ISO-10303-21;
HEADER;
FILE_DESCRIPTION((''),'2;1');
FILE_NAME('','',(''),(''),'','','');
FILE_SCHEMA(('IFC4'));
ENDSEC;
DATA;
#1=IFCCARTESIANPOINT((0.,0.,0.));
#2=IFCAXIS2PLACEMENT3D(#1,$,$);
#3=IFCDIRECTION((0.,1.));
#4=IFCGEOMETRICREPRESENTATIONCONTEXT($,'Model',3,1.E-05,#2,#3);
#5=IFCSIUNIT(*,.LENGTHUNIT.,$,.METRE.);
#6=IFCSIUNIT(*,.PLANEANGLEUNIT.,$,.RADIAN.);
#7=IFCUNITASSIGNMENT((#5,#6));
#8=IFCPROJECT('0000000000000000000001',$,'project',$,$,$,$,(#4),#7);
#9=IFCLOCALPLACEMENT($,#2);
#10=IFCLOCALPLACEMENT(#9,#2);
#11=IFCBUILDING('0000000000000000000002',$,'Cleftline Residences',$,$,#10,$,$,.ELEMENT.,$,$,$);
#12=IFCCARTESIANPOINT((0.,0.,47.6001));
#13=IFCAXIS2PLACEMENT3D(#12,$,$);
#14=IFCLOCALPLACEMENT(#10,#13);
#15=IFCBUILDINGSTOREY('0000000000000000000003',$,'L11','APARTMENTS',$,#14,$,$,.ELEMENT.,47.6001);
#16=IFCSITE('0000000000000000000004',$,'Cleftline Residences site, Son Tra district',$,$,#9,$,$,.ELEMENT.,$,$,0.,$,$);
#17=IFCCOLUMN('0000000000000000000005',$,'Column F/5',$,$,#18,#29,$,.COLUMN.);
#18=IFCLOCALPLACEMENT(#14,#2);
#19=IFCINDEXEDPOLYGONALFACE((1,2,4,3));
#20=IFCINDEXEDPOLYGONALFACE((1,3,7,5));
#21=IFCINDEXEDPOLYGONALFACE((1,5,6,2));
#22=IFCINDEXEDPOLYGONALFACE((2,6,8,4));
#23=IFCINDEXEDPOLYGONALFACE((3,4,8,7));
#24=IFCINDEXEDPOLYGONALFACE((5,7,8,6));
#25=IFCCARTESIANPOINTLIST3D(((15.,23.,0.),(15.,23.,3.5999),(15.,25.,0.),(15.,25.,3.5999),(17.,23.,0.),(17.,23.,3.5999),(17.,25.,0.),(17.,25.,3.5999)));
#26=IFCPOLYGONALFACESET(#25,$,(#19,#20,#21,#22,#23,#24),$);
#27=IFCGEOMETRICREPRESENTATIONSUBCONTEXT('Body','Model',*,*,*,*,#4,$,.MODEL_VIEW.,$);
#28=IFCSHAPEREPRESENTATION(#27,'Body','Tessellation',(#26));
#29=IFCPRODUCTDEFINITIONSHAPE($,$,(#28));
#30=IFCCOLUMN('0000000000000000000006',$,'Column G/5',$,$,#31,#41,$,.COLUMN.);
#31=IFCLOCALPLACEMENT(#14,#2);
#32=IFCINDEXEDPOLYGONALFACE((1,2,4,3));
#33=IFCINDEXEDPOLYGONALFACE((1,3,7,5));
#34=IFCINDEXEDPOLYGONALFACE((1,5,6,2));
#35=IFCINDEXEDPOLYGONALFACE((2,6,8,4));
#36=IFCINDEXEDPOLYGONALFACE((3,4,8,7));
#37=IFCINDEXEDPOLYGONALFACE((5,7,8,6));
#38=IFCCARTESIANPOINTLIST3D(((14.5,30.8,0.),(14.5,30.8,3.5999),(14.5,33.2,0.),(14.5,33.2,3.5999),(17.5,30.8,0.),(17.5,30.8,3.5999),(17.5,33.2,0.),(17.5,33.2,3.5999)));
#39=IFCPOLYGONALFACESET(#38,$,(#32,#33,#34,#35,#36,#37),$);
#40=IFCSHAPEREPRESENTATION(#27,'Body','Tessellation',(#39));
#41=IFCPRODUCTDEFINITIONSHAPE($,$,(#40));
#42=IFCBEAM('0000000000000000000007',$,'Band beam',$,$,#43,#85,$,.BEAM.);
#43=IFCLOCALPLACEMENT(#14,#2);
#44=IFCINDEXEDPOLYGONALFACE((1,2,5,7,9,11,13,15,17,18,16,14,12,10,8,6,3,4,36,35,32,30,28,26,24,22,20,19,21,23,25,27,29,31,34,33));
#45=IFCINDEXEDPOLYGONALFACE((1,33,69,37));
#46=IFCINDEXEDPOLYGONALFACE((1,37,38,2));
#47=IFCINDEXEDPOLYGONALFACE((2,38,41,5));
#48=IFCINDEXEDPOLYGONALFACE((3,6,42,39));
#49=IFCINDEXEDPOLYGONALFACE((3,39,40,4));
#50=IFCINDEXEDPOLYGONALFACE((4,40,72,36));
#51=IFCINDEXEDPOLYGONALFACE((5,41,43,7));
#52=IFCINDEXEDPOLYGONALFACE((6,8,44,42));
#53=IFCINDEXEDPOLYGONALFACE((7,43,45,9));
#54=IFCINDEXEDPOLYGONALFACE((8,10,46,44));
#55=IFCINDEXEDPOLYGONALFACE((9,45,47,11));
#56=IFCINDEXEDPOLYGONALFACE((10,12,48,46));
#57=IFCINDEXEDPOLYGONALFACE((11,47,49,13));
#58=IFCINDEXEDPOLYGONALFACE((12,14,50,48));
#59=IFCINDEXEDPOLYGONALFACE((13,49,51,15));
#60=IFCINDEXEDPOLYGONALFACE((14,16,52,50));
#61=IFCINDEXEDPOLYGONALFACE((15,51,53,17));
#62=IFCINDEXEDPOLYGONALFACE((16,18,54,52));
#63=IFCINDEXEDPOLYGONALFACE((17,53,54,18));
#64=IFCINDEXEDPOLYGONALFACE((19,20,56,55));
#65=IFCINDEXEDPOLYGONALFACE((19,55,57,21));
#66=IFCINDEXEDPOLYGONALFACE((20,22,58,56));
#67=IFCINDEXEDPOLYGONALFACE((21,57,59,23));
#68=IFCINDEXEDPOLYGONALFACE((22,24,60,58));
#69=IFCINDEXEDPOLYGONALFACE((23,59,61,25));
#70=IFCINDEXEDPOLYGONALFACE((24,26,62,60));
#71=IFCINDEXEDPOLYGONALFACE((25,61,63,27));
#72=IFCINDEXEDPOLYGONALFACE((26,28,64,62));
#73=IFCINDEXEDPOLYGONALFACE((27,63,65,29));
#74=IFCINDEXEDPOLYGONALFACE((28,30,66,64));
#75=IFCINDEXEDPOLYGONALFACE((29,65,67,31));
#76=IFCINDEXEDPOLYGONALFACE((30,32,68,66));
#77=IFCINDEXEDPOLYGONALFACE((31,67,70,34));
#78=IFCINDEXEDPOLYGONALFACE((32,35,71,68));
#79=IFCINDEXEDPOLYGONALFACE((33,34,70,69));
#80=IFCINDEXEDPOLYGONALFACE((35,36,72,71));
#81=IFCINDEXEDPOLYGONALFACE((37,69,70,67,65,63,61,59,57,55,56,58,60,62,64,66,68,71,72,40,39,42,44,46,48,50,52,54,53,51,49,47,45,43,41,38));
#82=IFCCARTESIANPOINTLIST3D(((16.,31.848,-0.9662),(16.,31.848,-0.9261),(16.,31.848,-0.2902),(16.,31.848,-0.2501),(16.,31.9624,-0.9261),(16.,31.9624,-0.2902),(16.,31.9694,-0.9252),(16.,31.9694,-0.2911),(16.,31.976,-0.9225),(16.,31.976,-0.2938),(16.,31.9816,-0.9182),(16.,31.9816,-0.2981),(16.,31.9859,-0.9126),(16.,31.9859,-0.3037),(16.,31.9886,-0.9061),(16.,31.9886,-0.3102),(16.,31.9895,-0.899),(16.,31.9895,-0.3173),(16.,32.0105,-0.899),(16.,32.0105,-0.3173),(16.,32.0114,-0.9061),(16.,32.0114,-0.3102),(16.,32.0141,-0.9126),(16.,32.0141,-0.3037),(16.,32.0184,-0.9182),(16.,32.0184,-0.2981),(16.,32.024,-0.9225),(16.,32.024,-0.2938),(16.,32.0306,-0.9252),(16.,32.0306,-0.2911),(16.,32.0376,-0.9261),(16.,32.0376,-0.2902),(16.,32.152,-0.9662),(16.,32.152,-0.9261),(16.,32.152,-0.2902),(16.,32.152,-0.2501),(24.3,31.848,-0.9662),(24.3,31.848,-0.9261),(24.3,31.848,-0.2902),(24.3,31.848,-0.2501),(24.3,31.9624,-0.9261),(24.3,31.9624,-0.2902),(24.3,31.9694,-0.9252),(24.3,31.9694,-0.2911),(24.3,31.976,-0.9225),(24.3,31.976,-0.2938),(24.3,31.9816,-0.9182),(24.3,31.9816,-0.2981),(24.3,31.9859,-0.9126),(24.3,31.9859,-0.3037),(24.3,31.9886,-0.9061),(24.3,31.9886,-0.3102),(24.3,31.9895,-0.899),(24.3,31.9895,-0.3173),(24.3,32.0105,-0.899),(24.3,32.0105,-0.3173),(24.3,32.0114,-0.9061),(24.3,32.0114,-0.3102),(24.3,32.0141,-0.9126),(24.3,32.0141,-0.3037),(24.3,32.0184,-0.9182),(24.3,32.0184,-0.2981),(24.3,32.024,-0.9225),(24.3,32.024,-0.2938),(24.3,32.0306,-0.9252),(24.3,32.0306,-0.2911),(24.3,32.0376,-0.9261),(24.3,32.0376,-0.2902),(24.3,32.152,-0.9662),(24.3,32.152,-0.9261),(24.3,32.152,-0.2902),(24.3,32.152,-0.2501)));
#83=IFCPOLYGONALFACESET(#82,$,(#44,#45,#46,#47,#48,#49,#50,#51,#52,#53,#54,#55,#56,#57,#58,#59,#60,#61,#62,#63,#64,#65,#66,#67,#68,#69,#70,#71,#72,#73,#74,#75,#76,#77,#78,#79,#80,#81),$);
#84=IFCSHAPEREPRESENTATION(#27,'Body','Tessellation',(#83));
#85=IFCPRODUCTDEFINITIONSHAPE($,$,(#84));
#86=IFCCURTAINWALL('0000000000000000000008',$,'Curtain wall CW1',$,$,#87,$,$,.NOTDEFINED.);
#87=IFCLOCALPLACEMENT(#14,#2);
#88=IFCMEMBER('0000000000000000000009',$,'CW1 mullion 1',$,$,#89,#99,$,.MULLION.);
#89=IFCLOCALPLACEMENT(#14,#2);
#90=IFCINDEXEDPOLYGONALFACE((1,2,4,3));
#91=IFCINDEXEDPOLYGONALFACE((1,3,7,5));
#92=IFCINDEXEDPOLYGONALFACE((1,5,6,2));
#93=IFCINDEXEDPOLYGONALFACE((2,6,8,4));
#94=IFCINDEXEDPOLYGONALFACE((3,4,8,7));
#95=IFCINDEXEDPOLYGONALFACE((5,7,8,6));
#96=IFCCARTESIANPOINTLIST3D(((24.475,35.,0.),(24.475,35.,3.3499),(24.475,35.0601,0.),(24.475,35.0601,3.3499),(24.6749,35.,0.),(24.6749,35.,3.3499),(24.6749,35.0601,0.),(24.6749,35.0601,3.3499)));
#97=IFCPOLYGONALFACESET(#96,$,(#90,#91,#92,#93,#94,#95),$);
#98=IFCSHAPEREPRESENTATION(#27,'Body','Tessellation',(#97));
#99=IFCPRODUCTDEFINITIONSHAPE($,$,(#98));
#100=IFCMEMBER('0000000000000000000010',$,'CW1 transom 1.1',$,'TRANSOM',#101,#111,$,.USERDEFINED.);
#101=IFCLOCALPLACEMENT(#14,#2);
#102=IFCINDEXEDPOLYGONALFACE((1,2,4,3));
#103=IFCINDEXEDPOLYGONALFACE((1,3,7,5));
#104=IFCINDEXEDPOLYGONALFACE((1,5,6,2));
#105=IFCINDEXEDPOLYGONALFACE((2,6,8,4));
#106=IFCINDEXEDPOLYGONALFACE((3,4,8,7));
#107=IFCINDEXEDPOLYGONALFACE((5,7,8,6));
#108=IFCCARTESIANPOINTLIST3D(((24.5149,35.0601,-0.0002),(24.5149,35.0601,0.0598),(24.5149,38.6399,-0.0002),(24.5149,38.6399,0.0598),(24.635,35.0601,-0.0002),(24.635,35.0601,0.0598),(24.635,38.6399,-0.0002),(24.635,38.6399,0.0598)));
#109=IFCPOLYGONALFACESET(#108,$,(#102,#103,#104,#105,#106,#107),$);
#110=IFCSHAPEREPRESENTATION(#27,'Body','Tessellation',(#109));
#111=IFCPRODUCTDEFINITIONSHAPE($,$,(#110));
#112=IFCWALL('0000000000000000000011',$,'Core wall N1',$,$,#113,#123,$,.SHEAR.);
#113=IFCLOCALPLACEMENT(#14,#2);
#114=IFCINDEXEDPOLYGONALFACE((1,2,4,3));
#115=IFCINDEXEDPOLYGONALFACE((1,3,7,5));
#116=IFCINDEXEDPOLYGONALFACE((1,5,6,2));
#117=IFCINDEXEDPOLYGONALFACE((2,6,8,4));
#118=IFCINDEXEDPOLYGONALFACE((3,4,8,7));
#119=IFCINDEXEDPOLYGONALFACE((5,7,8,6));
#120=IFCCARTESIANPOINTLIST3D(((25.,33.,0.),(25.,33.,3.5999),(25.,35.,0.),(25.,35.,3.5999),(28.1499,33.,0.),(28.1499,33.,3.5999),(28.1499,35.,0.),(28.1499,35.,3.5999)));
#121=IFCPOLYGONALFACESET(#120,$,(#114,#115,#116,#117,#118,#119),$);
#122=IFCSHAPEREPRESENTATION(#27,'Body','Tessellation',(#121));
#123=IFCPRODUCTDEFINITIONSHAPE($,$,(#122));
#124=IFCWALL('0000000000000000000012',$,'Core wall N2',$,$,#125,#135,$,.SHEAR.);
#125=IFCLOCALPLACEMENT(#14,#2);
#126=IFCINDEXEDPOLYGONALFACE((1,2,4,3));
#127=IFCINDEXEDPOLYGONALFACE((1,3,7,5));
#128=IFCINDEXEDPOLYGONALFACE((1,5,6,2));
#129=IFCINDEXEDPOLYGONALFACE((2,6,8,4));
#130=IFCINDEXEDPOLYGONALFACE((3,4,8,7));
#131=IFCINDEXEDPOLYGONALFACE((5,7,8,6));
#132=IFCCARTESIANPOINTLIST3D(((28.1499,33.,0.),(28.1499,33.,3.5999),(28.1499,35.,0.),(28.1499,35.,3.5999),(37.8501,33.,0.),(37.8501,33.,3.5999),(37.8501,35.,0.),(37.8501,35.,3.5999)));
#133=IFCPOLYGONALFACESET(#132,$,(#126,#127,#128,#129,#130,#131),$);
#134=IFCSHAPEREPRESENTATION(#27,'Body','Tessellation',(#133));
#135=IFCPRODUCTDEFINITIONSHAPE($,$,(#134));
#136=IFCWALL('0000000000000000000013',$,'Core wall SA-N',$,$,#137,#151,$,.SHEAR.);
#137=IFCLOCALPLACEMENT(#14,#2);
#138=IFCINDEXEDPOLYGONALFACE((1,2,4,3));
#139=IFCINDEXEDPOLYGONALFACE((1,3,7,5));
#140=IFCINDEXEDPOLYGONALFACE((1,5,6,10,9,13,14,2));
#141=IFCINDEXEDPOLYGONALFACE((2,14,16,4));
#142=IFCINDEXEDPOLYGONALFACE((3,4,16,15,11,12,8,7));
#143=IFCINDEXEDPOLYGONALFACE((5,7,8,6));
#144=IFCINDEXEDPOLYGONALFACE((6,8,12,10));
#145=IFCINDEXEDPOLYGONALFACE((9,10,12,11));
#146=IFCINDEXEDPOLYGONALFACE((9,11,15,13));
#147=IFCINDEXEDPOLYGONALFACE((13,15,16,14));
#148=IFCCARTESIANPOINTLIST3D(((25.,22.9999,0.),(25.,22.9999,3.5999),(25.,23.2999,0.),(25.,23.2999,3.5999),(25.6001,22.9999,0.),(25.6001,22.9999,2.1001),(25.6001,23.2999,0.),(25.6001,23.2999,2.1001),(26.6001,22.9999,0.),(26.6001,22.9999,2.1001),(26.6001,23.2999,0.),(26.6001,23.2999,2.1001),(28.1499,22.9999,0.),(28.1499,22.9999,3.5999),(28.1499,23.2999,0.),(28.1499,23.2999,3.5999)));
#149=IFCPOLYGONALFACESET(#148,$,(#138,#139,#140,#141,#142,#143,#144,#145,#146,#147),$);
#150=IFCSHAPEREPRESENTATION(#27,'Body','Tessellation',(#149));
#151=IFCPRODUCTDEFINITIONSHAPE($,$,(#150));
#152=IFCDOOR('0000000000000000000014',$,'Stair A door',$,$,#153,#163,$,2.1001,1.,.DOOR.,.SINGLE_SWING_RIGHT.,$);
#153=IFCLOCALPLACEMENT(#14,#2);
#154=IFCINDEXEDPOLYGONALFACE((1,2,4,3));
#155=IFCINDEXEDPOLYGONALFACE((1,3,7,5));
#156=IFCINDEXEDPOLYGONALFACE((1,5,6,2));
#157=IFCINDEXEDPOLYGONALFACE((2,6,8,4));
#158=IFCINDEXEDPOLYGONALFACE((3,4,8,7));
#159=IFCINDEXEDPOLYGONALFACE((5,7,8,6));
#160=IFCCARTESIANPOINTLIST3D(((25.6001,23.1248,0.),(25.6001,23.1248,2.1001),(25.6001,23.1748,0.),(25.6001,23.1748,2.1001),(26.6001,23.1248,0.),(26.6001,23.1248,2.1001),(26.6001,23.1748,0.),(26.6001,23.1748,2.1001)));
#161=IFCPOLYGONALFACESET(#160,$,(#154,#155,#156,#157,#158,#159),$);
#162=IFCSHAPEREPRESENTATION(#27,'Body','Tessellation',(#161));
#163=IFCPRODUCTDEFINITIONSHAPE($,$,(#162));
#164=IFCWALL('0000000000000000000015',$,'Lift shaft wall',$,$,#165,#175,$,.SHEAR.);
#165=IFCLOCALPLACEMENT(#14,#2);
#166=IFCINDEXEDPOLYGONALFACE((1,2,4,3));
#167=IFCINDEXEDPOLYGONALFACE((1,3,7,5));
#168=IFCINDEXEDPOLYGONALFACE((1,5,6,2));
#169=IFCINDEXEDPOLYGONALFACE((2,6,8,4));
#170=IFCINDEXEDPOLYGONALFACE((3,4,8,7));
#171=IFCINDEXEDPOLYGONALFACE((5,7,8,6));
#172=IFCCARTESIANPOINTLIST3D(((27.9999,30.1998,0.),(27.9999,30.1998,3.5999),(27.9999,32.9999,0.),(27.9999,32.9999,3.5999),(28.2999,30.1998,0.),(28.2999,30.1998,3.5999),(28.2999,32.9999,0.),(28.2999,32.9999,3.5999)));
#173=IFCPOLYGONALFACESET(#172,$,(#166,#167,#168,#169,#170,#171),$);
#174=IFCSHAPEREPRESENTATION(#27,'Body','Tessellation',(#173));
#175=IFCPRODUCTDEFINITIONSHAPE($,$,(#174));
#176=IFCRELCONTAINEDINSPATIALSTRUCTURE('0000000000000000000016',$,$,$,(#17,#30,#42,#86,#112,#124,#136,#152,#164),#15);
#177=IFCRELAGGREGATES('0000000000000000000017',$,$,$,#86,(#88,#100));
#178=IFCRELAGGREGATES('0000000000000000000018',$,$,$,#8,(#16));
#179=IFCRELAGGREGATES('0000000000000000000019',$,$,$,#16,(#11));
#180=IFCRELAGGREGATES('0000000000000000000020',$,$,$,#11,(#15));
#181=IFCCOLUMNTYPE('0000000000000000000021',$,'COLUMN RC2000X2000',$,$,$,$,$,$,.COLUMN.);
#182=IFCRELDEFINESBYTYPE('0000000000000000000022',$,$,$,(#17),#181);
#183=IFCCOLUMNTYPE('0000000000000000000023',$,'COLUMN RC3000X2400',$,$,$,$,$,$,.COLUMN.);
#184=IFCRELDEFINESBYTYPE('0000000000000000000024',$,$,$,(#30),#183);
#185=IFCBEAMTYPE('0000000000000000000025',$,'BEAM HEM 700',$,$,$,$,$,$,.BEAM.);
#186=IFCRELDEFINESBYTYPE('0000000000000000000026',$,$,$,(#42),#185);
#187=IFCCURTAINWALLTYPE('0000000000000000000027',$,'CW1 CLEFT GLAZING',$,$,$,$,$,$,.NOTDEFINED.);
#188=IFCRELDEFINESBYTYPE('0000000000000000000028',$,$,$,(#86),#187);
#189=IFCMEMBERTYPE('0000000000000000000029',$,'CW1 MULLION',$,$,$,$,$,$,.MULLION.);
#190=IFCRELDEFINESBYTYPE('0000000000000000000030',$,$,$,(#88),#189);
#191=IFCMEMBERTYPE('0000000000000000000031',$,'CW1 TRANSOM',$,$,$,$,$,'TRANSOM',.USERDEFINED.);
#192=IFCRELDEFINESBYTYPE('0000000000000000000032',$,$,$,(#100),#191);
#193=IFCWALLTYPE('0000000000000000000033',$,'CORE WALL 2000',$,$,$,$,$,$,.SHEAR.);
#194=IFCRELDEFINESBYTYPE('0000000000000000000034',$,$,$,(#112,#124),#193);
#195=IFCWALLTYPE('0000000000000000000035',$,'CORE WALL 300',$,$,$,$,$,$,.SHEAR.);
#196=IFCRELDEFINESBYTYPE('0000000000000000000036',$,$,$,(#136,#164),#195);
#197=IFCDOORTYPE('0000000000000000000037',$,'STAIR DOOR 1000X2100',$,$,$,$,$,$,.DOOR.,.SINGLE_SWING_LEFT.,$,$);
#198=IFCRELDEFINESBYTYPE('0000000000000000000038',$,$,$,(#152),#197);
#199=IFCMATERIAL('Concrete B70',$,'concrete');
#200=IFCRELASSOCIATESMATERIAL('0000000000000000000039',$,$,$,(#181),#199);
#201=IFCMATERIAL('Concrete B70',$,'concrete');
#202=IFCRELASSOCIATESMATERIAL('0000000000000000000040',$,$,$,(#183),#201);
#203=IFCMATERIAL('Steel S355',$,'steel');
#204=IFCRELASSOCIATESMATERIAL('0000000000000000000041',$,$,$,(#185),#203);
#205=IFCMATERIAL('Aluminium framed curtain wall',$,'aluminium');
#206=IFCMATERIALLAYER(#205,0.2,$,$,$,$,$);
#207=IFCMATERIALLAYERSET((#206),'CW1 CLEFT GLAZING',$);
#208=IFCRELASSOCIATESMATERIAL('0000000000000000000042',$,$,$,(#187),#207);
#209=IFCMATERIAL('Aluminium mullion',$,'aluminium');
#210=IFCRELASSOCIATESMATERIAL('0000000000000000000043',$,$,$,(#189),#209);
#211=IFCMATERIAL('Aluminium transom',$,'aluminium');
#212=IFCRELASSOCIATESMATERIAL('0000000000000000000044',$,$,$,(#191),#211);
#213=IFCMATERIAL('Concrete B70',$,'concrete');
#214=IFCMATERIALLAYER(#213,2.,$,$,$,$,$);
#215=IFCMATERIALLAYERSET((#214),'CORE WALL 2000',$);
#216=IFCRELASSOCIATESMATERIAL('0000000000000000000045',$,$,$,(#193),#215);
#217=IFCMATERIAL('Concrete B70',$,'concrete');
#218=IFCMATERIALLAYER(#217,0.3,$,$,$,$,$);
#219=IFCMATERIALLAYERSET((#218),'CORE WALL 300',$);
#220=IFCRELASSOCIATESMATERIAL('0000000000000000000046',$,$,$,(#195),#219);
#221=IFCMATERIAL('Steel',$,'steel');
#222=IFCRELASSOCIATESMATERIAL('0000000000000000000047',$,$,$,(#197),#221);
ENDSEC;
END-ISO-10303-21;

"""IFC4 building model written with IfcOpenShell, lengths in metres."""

from ifc_helpers import new_model, si_unit, direction, frame, frame_2d, origin, origin_2d, place, context, subcontext, project, spatial, rectangle, i_section, extrude, material, layer, layer_set, material_profile, profile_set, type_object, element, fill, aggregate, save


model = new_model("IFC4")

# Units and contexts
model_context = context("Model", 3, precision=1e-05, world=origin(), true_north=direction((0.0, 1.0)))
body_context = subcontext(model_context, "Body", "Model", "MODEL_VIEW")
ifc_project = project(units=[si_unit("LENGTHUNIT", "METRE"), si_unit("PLANEANGLEUNIT", "RADIAN")], contexts=[model_context])

# Site, building, storey
site_placement = place(None, origin())
site = spatial("IfcSite", under=ifc_project, at=site_placement, Name="Cleftline Residences site, Son Tra district", CompositionType="ELEMENT", RefElevation=0.0)
building_placement = place(site_placement, origin())
building = spatial("IfcBuilding", under=site, at=building_placement, Name="Cleftline Residences", CompositionType="ELEMENT")
storey_placement = place(building_placement, frame((0.0, 0.0, 47.6001)))
storey = spatial("IfcBuildingStorey", under=building, at=storey_placement, Name="L11", Description="APARTMENTS", CompositionType="ELEMENT", Elevation=47.6001)

# Columns
ifc_material_1 = material(Name="Concrete B70", Category="concrete")
ifc_material_profile_1 = material_profile(ifc_material_1, rectangle(XDim=2.0, YDim=2.0, at=origin_2d()))
ifc_profile_set_1 = profile_set([ifc_material_profile_1], Name="Concrete B70")
column_type_1 = type_object("IfcColumnType", Name="COLUMN RC2000X2000", PredefinedType="COLUMN", material=ifc_profile_set_1)
column_1_placement = place(storey_placement, frame((16.0, 24.0, 0.0), z_axis=(0.0, 0.0, 1.0), x_axis=(1.0, 0.0, 0.0)))
element("IfcColumn", 1, at=column_1_placement, inside=storey, type_object=column_type_1, Name="Column F/5", PredefinedType="COLUMN", context=body_context, shape_type="SweptSolid", body=[
    extrude(rectangle(XDim=2.0, YDim=2.0, at=origin_2d()), origin(), (0.0, 0.0, 1.0), 3.5999),
])
ifc_material_2 = material(Name="Concrete B70", Category="concrete")
ifc_material_profile_2 = material_profile(ifc_material_2, rectangle(XDim=3.0, YDim=2.3999, at=origin_2d()))
ifc_profile_set_2 = profile_set([ifc_material_profile_2], Name="Concrete B70")
column_type_2 = type_object("IfcColumnType", Name="COLUMN RC3000X2400", PredefinedType="COLUMN", material=ifc_profile_set_2)
column_2_placement = place(storey_placement, frame((16.0, 32.0, 0.0), z_axis=(0.0, 0.0, 1.0), x_axis=(1.0, 0.0, 0.0)))
element("IfcColumn", 2, at=column_2_placement, inside=storey, type_object=column_type_2, Name="Column G/5", PredefinedType="COLUMN", context=body_context, shape_type="SweptSolid", body=[
    extrude(rectangle(XDim=3.0, YDim=2.3999, at=origin_2d()), origin(), (0.0, 0.0, 1.0), 3.5999),
])

# Beam
ifc_material_3 = material(Name="Steel S355", Category="steel")
ifc_material_profile_3 = material_profile(ifc_material_3, i_section(OverallWidth=0.304, OverallDepth=0.7161, WebThickness=0.021, FlangeThickness=0.04, FilletRadius=0.0271, at=origin_2d()))
ifc_profile_set_3 = profile_set([ifc_material_profile_3], Name="Steel S355")
beam_type = type_object("IfcBeamType", Name="BEAM HEM 700", PredefinedType="BEAM", material=ifc_profile_set_3)
beam_placement = place(storey_placement, frame((16.0, 32.0, -0.6082), z_axis=(1.0, 0.0, 0.0), x_axis=(0.0, 1.0, 0.0)))
element("IfcBeam", 3, at=beam_placement, inside=storey, type_object=beam_type, Name="Band beam", PredefinedType="BEAM", context=body_context, shape_type="SweptSolid", body=[
    extrude(i_section(OverallWidth=0.304, OverallDepth=0.7161, WebThickness=0.021, FlangeThickness=0.04, FilletRadius=0.0271, at=origin_2d()), origin(), (0.0, 0.0, 1.0), 8.3),
])

# Curtain wall, members
ifc_material_4 = material(Name="Aluminium framed curtain wall", Category="aluminium")
ifc_layer_1 = layer(ifc_material_4, 0.2)
ifc_layer_set_1 = layer_set([ifc_layer_1], Name="CW1 CLEFT GLAZING")
curtain_wall_type = type_object("IfcCurtainWallType", Name="CW1 CLEFT GLAZING", PredefinedType="NOTDEFINED", material=ifc_layer_set_1)
curtain_wall_placement = place(storey_placement, origin())
curtain_wall = element("IfcCurtainWall", 4, at=curtain_wall_placement, inside=storey, type_object=curtain_wall_type, Name="Curtain wall CW1", PredefinedType="NOTDEFINED")
ifc_material_5 = material(Name="Aluminium mullion", Category="aluminium")
ifc_material_profile_4 = material_profile(ifc_material_5, rectangle(XDim=0.2, YDim=0.0601, at=origin_2d()))
ifc_profile_set_4 = profile_set([ifc_material_profile_4], Name="Aluminium mullion")
member_type_1 = type_object("IfcMemberType", Name="CW1 MULLION", PredefinedType="MULLION", material=ifc_profile_set_4)
member_1_placement = place(storey_placement, frame((24.575, 35.03, 0.0), z_axis=(0.0, 0.0, 1.0), x_axis=(-1.0, 0.0, 0.0)))
member_1 = element("IfcMember", 5, at=member_1_placement, type_object=member_type_1, Name="CW1 mullion 1", PredefinedType="MULLION", context=body_context, shape_type="SweptSolid", body=[
    extrude(rectangle(XDim=0.2, YDim=0.0601, at=origin_2d()), origin(), (0.0, 0.0, 1.0), 3.3499),
])
ifc_material_6 = material(Name="Aluminium transom", Category="aluminium")
ifc_material_profile_5 = material_profile(ifc_material_6, rectangle(XDim=0.1201, YDim=0.0601, at=origin_2d()))
ifc_profile_set_5 = profile_set([ifc_material_profile_5], Name="Aluminium transom")
member_type_2 = type_object("IfcMemberType", Name="CW1 TRANSOM", ElementType="TRANSOM", PredefinedType="USERDEFINED", material=ifc_profile_set_5)
member_2_placement = place(storey_placement, frame((24.575, 35.0601, 0.0298), z_axis=(0.0, 1.0, 0.0), x_axis=(-1.0, 0.0, 0.0)))
member_2 = element("IfcMember", 6, at=member_2_placement, type_object=member_type_2, Name="CW1 transom 1.1", ObjectType="TRANSOM", PredefinedType="USERDEFINED", context=body_context, shape_type="SweptSolid", body=[
    extrude(rectangle(XDim=0.1201, YDim=0.0601, at=origin_2d()), origin(), (0.0, 0.0, 1.0), 3.5798),
])
aggregate(curtain_wall, [member_1, member_2])

# Walls
ifc_material_7 = material(Name="Concrete B70", Category="concrete")
ifc_layer_2 = layer(ifc_material_7, 2.0)
ifc_layer_set_2 = layer_set([ifc_layer_2], Name="CORE WALL 2000")
wall_type_1 = type_object("IfcWallType", Name="CORE WALL 2000", PredefinedType="SHEAR", material=ifc_layer_set_2)
wall_1_placement = place(storey_placement, frame((25.0, 34.0, 0.0), z_axis=(0.0, 0.0, 1.0), x_axis=(1.0, 0.0, 0.0)))
element("IfcWall", 7, at=wall_1_placement, inside=storey, type_object=wall_type_1, Name="Core wall N1", PredefinedType="SHEAR", context=body_context, shape_type="SweptSolid", body=[
    extrude(rectangle(XDim=3.1499, YDim=2.0, at=frame_2d((1.575, 0.0))), origin(), (0.0, 0.0, 1.0), 3.5999),
])
wall_2_placement = place(storey_placement, frame((28.1499, 34.0, 0.0), z_axis=(0.0, 0.0, 1.0), x_axis=(1.0, 0.0, 0.0)))
element("IfcWall", 8, at=wall_2_placement, inside=storey, type_object=wall_type_1, Name="Core wall N2", PredefinedType="SHEAR", context=body_context, shape_type="SweptSolid", body=[
    extrude(rectangle(XDim=9.7002, YDim=2.0, at=frame_2d((4.8501, 0.0))), origin(), (0.0, 0.0, 1.0), 3.5999),
])

# Wall, opening, door
ifc_material_8 = material(Name="Concrete B70", Category="concrete")
ifc_layer_3 = layer(ifc_material_8, 0.3)
ifc_layer_set_3 = layer_set([ifc_layer_3], Name="CORE WALL 300")
wall_type_2 = type_object("IfcWallType", Name="CORE WALL 300", PredefinedType="SHEAR", material=ifc_layer_set_3)
wall_3_placement = place(storey_placement, frame((25.0, 23.1499, 0.0), z_axis=(0.0, 0.0, 1.0), x_axis=(1.0, 0.0, 0.0)))
wall_3 = element("IfcWall", 9, at=wall_3_placement, inside=storey, type_object=wall_type_2, Name="Core wall SA-N", PredefinedType="SHEAR", context=body_context, shape_type="SweptSolid", body=[
    extrude(rectangle(XDim=3.1499, YDim=0.3, at=frame_2d((1.575, 0.0))), origin(), (0.0, 0.0, 1.0), 3.5999),
])
opening_1_placement = place(wall_3_placement, frame((0.6001, 0.0, 0.0)))
opening_1 = element("IfcOpeningElement", 10, at=opening_1_placement, cuts=wall_3, PredefinedType="OPENING", context=body_context, shape_type="SweptSolid", body=[
    extrude(rectangle(XDim=1.0, YDim=2.1001, at=frame_2d((0.5, 1.05))), frame((0.0, 0.1599, 0.0), z_axis=(0.0, -1.0, 0.0), x_axis=(1.0, 0.0, 0.0)), (0.0, 0.0, 1.0), 0.3201),
])
ifc_material_9 = material(Name="Steel", Category="steel")
door_type_1 = type_object("IfcDoorType", Name="STAIR DOOR 1000X2100", OperationType="SINGLE_SWING_LEFT", PredefinedType="DOOR", material=ifc_material_9)
door_1_placement = place(opening_1_placement, origin())
door_1 = element("IfcDoor", 11, at=door_1_placement, inside=storey, type_object=door_type_1, Name="Stair A door", OperationType="SINGLE_SWING_RIGHT", OverallHeight=2.1001, OverallWidth=1.0, PredefinedType="DOOR", context=body_context, shape_type="SweptSolid", body=[
    extrude(rectangle(XDim=1.0, YDim=2.1001, at=frame_2d((0.5, 1.05))), frame((0.0, 0.0249, 0.0), z_axis=(0.0, -1.0, 0.0), x_axis=(1.0, 0.0, 0.0)), (0.0, 0.0, 1.0), 0.05),
])
fill(opening_1, door_1)

# Wall
wall_4_placement = place(storey_placement, frame((28.1499, 30.2, 0.0), z_axis=(0.0, 0.0, 1.0), x_axis=(0.0, 1.0, 0.0)))
element("IfcWall", 12, at=wall_4_placement, inside=storey, type_object=wall_type_2, Name="Lift shaft wall", PredefinedType="SHEAR", context=body_context, shape_type="SweptSolid", body=[
    extrude(rectangle(XDim=2.8, YDim=0.3, at=frame_2d((1.3999, 0.0))), origin(), (0.0, 0.0, 1.0), 3.5999),
])

save(model, "model.ifc")
